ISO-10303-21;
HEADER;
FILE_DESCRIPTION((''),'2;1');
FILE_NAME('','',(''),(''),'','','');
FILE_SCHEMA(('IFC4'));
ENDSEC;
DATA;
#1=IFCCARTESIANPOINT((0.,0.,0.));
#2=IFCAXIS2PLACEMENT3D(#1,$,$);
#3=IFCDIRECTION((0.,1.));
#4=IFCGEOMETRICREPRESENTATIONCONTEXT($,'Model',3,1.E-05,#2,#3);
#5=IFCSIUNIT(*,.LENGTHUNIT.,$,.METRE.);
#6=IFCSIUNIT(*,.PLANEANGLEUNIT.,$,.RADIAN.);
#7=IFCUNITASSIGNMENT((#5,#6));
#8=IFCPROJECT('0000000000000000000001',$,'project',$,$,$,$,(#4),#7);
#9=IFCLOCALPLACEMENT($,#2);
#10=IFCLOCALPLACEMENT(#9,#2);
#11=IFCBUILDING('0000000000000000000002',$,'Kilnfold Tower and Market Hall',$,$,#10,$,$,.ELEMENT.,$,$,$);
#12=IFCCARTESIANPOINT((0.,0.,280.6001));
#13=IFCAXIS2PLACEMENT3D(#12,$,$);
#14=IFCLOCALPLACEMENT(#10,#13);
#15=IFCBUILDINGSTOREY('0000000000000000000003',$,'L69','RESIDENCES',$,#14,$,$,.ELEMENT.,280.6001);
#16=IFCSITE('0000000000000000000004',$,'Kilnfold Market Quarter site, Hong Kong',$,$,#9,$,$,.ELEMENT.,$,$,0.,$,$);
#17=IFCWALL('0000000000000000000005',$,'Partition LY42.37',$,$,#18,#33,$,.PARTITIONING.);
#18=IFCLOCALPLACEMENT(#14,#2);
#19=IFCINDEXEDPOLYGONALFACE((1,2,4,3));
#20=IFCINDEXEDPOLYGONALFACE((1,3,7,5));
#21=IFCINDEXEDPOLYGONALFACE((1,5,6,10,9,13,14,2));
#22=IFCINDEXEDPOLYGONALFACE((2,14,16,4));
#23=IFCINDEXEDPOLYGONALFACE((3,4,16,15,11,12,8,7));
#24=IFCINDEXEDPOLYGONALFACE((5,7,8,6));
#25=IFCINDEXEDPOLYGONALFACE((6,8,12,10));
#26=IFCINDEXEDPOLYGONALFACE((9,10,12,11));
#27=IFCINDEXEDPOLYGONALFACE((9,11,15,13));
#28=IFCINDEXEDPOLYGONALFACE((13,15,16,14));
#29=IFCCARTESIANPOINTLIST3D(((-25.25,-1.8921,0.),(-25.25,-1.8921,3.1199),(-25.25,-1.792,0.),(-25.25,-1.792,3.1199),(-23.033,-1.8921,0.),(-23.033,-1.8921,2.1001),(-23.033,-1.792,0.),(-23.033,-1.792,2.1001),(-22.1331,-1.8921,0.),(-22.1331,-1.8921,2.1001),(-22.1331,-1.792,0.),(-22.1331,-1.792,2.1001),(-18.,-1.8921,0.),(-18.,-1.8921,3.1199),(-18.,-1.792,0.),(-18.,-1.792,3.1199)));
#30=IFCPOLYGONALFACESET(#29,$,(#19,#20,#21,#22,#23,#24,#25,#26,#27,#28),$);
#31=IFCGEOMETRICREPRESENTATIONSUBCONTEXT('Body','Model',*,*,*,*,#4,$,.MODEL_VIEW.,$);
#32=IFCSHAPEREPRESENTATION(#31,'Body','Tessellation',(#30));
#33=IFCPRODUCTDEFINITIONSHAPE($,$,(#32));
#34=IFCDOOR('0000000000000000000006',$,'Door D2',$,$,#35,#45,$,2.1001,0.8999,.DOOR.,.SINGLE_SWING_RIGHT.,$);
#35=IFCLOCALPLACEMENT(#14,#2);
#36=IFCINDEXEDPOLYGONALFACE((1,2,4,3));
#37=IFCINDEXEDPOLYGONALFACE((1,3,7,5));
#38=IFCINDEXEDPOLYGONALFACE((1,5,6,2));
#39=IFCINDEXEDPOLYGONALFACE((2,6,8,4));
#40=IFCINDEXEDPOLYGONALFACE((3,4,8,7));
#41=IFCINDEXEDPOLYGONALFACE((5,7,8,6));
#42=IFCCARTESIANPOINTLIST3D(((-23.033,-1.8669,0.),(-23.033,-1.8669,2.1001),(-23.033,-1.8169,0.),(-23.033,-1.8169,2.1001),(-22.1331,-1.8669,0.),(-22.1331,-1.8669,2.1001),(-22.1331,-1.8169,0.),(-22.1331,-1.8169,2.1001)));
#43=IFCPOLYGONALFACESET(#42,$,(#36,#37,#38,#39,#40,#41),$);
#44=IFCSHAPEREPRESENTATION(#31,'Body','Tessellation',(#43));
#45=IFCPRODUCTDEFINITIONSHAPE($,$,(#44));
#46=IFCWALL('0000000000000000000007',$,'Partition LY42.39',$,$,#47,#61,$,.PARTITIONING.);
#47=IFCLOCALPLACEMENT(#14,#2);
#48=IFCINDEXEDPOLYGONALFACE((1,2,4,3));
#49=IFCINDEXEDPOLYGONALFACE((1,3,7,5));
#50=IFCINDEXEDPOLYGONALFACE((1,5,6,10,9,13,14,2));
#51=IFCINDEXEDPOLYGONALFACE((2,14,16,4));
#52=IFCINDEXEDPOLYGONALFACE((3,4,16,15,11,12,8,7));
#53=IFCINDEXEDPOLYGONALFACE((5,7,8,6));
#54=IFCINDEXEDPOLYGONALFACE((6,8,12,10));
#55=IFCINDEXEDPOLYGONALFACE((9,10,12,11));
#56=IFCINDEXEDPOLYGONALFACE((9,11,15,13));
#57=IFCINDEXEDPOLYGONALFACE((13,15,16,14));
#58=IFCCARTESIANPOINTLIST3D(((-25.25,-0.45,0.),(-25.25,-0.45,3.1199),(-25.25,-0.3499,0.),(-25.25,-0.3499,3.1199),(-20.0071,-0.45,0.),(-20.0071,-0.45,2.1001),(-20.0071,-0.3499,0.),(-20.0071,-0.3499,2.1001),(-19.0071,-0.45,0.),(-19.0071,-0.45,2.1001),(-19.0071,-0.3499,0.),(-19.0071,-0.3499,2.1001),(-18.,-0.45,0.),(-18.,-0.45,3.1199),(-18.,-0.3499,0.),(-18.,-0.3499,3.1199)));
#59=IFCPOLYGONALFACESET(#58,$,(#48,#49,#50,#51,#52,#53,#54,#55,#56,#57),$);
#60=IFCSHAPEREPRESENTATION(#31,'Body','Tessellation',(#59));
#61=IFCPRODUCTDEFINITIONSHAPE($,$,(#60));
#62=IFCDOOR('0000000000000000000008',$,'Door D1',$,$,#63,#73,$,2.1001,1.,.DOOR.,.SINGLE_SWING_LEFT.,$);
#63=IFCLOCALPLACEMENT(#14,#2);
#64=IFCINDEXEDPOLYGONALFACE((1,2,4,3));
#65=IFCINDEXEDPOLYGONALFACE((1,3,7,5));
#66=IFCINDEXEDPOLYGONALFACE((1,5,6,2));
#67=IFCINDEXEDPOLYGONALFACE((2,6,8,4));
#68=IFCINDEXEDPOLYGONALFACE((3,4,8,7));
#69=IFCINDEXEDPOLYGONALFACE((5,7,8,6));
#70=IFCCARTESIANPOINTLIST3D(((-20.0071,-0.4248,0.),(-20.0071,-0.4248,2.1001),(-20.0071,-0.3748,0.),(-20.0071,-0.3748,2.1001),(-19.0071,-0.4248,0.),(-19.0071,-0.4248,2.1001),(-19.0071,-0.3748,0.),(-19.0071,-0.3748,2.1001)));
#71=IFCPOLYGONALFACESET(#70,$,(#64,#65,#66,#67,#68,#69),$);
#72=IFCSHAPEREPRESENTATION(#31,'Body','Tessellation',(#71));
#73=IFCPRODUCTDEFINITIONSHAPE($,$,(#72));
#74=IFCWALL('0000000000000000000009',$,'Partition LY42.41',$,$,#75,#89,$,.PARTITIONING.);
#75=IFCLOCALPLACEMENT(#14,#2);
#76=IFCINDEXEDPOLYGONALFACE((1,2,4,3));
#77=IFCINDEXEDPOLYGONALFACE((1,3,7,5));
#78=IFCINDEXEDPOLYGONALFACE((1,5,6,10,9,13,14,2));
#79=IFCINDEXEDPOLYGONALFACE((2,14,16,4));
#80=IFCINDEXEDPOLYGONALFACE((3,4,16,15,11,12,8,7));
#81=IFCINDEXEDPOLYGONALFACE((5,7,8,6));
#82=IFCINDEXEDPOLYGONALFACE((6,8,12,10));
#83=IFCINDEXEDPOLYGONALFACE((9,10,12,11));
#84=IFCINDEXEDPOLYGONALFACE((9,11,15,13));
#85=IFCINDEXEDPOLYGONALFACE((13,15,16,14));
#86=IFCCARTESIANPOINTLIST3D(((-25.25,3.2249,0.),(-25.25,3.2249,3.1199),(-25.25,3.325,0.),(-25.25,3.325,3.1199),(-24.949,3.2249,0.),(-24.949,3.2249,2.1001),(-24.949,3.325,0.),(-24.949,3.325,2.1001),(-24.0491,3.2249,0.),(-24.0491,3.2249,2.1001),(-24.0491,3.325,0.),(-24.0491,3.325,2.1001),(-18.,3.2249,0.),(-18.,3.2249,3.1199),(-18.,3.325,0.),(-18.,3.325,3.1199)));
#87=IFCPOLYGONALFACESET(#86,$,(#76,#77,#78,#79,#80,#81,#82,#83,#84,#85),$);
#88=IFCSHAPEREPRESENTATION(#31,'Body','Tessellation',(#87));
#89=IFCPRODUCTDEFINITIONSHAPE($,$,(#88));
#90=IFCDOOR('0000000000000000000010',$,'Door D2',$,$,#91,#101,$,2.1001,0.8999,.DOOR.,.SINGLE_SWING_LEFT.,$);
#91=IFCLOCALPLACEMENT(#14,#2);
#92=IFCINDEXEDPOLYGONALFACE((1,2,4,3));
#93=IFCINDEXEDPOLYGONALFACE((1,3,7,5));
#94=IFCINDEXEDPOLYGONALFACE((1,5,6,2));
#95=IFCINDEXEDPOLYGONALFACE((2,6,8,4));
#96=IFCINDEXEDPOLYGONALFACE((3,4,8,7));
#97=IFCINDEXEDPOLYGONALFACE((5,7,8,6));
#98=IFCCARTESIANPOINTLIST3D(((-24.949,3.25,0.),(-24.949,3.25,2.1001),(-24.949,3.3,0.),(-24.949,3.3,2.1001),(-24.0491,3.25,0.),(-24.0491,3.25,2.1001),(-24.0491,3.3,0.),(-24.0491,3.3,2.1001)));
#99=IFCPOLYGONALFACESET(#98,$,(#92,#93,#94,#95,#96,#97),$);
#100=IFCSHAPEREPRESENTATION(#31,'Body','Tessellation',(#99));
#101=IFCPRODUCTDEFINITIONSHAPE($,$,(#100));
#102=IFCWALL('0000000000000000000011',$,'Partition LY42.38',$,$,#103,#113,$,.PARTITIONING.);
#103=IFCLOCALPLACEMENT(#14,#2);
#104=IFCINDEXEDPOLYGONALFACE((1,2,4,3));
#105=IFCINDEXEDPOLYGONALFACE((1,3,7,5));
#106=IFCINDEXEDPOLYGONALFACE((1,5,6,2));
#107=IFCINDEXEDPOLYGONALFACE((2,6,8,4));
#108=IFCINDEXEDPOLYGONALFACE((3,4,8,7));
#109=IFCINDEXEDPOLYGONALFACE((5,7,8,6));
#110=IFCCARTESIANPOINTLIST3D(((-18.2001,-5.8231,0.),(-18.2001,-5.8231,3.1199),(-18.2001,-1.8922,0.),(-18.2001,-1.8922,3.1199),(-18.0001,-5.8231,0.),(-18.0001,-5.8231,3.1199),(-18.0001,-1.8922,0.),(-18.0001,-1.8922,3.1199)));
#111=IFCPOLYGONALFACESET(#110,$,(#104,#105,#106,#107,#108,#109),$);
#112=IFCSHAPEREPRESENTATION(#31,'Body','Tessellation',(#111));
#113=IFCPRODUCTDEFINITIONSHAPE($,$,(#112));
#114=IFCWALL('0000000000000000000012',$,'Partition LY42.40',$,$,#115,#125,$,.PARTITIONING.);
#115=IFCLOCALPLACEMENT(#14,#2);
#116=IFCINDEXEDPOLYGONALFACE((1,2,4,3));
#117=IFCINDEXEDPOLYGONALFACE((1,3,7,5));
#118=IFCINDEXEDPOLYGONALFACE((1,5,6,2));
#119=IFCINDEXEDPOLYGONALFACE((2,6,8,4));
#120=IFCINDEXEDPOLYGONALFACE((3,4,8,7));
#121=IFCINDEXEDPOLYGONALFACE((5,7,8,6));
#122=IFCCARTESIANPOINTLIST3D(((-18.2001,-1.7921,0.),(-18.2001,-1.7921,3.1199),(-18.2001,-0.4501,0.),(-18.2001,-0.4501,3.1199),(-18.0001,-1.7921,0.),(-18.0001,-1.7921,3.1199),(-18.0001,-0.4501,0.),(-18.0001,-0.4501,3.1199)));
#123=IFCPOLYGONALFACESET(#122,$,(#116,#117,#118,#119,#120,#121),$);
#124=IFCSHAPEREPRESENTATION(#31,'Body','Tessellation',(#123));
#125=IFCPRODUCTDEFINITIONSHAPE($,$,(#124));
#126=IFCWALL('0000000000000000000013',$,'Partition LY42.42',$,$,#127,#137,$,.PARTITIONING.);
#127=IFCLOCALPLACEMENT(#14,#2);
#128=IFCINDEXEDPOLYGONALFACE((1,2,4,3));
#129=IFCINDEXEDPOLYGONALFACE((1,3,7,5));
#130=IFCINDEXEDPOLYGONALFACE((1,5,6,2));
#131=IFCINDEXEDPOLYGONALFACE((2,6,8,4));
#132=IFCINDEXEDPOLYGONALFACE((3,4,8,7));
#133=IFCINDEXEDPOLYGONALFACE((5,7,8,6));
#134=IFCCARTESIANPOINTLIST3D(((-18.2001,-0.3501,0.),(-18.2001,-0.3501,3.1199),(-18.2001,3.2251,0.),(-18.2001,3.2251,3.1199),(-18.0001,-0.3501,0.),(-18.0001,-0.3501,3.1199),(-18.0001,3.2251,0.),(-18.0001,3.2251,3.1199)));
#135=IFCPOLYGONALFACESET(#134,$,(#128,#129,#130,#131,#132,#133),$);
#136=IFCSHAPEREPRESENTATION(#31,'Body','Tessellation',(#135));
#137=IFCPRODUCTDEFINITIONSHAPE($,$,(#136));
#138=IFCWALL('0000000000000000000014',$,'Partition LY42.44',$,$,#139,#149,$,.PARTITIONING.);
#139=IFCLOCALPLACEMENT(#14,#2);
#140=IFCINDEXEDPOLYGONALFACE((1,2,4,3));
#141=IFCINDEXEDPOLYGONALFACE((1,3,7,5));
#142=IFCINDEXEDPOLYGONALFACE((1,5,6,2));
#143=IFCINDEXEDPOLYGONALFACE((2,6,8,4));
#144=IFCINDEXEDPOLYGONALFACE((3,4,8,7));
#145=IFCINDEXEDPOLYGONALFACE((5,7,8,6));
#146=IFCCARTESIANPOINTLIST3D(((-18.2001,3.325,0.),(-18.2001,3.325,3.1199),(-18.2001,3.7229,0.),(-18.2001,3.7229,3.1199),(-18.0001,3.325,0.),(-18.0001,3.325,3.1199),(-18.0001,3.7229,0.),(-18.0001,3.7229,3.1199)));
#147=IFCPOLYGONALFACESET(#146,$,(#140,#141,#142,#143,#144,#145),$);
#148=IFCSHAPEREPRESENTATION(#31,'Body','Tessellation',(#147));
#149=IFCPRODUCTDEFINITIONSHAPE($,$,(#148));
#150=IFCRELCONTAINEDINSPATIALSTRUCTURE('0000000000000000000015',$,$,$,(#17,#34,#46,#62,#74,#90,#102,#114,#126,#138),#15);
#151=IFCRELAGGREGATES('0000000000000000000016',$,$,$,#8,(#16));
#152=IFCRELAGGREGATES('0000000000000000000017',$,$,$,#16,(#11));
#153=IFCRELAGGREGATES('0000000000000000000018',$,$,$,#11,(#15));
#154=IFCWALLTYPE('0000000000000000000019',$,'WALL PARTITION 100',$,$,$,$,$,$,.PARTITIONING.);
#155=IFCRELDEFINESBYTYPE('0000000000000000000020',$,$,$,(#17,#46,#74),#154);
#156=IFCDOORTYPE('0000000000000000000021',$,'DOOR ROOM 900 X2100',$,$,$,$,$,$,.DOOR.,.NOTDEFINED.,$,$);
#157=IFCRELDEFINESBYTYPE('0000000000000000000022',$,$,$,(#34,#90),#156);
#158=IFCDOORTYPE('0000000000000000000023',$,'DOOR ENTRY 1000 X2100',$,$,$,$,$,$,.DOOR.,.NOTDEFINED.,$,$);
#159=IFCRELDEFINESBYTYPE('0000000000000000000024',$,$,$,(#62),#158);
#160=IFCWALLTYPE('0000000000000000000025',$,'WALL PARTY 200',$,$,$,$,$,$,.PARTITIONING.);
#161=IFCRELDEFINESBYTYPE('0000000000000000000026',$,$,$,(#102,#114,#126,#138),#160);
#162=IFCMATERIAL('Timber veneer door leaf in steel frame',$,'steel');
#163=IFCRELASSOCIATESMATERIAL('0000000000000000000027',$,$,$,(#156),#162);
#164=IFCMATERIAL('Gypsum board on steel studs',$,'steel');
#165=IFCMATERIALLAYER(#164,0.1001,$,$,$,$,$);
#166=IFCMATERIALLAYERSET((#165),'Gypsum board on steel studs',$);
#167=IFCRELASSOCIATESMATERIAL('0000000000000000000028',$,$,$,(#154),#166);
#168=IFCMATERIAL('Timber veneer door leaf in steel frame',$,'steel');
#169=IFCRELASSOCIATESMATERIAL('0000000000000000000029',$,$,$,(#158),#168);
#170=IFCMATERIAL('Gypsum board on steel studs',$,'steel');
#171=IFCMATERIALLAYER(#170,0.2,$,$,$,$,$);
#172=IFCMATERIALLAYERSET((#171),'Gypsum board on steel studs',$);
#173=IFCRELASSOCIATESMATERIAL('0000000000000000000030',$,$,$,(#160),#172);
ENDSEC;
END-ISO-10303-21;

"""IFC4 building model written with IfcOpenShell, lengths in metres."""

from ifc_helpers import new_model, si_unit, direction, frame, frame_2d, origin, place, context, subcontext, project, spatial, rectangle, extrude, material, layer, layer_set, type_object, element, fill, save


model = new_model("IFC4")

# Units and contexts
model_context = context("Model", 3, precision=1e-05, world=origin(), true_north=direction((0.0, 1.0)))
body_context = subcontext(model_context, "Body", "Model", "MODEL_VIEW")
ifc_project = project(units=[si_unit("LENGTHUNIT", "METRE"), si_unit("PLANEANGLEUNIT", "RADIAN")], contexts=[model_context])

# Site, building, storey
site_placement = place(None, origin())
site = spatial("IfcSite", under=ifc_project, at=site_placement, Name="Kilnfold Market Quarter site, Hong Kong", CompositionType="ELEMENT", RefElevation=0.0)
building_placement = place(site_placement, origin())
building = spatial("IfcBuilding", under=site, at=building_placement, Name="Kilnfold Tower and Market Hall", CompositionType="ELEMENT")
storey_placement = place(building_placement, frame((0.0, 0.0, 280.6001)))
storey = spatial("IfcBuildingStorey", under=building, at=storey_placement, Name="L69", Description="RESIDENCES", CompositionType="ELEMENT", Elevation=280.6001)

# Walls, openings, doors
ifc_material_1 = material(Name="Timber veneer door leaf in steel frame", Category="steel")
door_type_1 = type_object("IfcDoorType", Name="DOOR ROOM 900 X2100", OperationType="NOTDEFINED", PredefinedType="DOOR", material=ifc_material_1)
ifc_material_2 = material(Name="Gypsum board on steel studs", Category="steel")
ifc_layer_1 = layer(ifc_material_2, 0.1001)
ifc_layer_set_1 = layer_set([ifc_layer_1], Name="Gypsum board on steel studs")
wall_type_1 = type_object("IfcWallType", Name="WALL PARTITION 100", PredefinedType="PARTITIONING", material=ifc_layer_set_1)
wall_1_placement = place(storey_placement, frame((-18.0, -1.842, 0.0), z_axis=(0.0, 0.0, 1.0), x_axis=(-1.0, 0.0, 0.0)))
wall_1 = element("IfcWall", 1, at=wall_1_placement, inside=storey, type_object=wall_type_1, Name="Partition LY42.37", PredefinedType="PARTITIONING", context=body_context, shape_type="SweptSolid", body=[
    extrude(rectangle(XDim=7.25, YDim=0.1001, at=frame_2d((3.625, 0.0))), origin(), (0.0, 0.0, 1.0), 3.1199),
])
opening_1_placement = place(wall_1_placement, frame((4.1331, 0.0, 0.0)))
opening_1 = element("IfcOpeningElement", 2, at=opening_1_placement, cuts=wall_1, PredefinedType="OPENING", context=body_context, shape_type="SweptSolid", body=[
    extrude(rectangle(XDim=0.8999, YDim=2.1001, at=frame_2d((0.45, 1.05))), frame((0.0, 0.0601, 0.0), z_axis=(0.0, -1.0, 0.0), x_axis=(1.0, 0.0, 0.0)), (0.0, 0.0, 1.0), 0.1201),
])
door_1_placement = place(opening_1_placement, origin())
door_1 = element("IfcDoor", 3, at=door_1_placement, inside=storey, type_object=door_type_1, Name="Door D2", OperationType="SINGLE_SWING_RIGHT", OverallHeight=2.1001, OverallWidth=0.8999, PredefinedType="DOOR", context=body_context, shape_type="SweptSolid", body=[
    extrude(rectangle(XDim=0.8999, YDim=2.1001, at=frame_2d((0.45, 1.05))), frame((0.0, 0.0249, 0.0), z_axis=(0.0, -1.0, 0.0), x_axis=(1.0, 0.0, 0.0)), (0.0, 0.0, 1.0), 0.05),
])
fill(opening_1, door_1)
wall_2_placement = place(storey_placement, frame((-18.0, -0.3999, 0.0), z_axis=(0.0, 0.0, 1.0), x_axis=(-1.0, 0.0, 0.0)))
wall_2 = element("IfcWall", 4, at=wall_2_placement, inside=storey, type_object=wall_type_1, Name="Partition LY42.39", PredefinedType="PARTITIONING", context=body_context, shape_type="SweptSolid", body=[
    extrude(rectangle(XDim=7.25, YDim=0.1001, at=frame_2d((3.625, 0.0))), origin(), (0.0, 0.0, 1.0), 3.1199),
])
opening_2_placement = place(wall_2_placement, frame((1.0071, 0.0, 0.0)))
opening_2 = element("IfcOpeningElement", 5, at=opening_2_placement, cuts=wall_2, PredefinedType="OPENING", context=body_context, shape_type="SweptSolid", body=[
    extrude(rectangle(XDim=1.0, YDim=2.1001, at=frame_2d((0.5, 1.05))), frame((0.0, 0.0601, 0.0), z_axis=(0.0, -1.0, 0.0), x_axis=(1.0, 0.0, 0.0)), (0.0, 0.0, 1.0), 0.1201),
])
ifc_material_3 = material(Name="Timber veneer door leaf in steel frame", Category="steel")
door_type_2 = type_object("IfcDoorType", Name="DOOR ENTRY 1000 X2100", OperationType="NOTDEFINED", PredefinedType="DOOR", material=ifc_material_3)
door_2_placement = place(opening_2_placement, origin())
door_2 = element("IfcDoor", 6, at=door_2_placement, inside=storey, type_object=door_type_2, Name="Door D1", OperationType="SINGLE_SWING_LEFT", OverallHeight=2.1001, OverallWidth=1.0, PredefinedType="DOOR", context=body_context, shape_type="SweptSolid", body=[
    extrude(rectangle(XDim=1.0, YDim=2.1001, at=frame_2d((0.5, 1.05))), frame((0.0, 0.0249, 0.0), z_axis=(0.0, -1.0, 0.0), x_axis=(1.0, 0.0, 0.0)), (0.0, 0.0, 1.0), 0.05),
])
fill(opening_2, door_2)
wall_3_placement = place(storey_placement, frame((-18.0, 3.2749, 0.0), z_axis=(0.0, 0.0, 1.0), x_axis=(-1.0, 0.0, 0.0)))
wall_3 = element("IfcWall", 7, at=wall_3_placement, inside=storey, type_object=wall_type_1, Name="Partition LY42.41", PredefinedType="PARTITIONING", context=body_context, shape_type="SweptSolid", body=[
    extrude(rectangle(XDim=7.25, YDim=0.1001, at=frame_2d((3.625, 0.0))), origin(), (0.0, 0.0, 1.0), 3.1199),
])
opening_3_placement = place(wall_3_placement, frame((6.0491, 0.0, 0.0)))
opening_3 = element("IfcOpeningElement", 8, at=opening_3_placement, cuts=wall_3, PredefinedType="OPENING", context=body_context, shape_type="SweptSolid", body=[
    extrude(rectangle(XDim=0.8999, YDim=2.1001, at=frame_2d((0.45, 1.05))), frame((0.0, 0.0601, 0.0), z_axis=(0.0, -1.0, 0.0), x_axis=(1.0, 0.0, 0.0)), (0.0, 0.0, 1.0), 0.1201),
])
door_3_placement = place(opening_3_placement, origin())
door_3 = element("IfcDoor", 9, at=door_3_placement, inside=storey, type_object=door_type_1, Name="Door D2", OperationType="SINGLE_SWING_LEFT", OverallHeight=2.1001, OverallWidth=0.8999, PredefinedType="DOOR", context=body_context, shape_type="SweptSolid", body=[
    extrude(rectangle(XDim=0.8999, YDim=2.1001, at=frame_2d((0.45, 1.05))), frame((0.0, 0.0249, 0.0), z_axis=(0.0, -1.0, 0.0), x_axis=(1.0, 0.0, 0.0)), (0.0, 0.0, 1.0), 0.05),
])
fill(opening_3, door_3)

# Walls
ifc_material_4 = material(Name="Gypsum board on steel studs", Category="steel")
ifc_layer_2 = layer(ifc_material_4, 0.2)
ifc_layer_set_2 = layer_set([ifc_layer_2], Name="Gypsum board on steel studs")
wall_type_2 = type_object("IfcWallType", Name="WALL PARTY 200", PredefinedType="PARTITIONING", material=ifc_layer_set_2)
wall_4_placement = place(storey_placement, frame((-18.1001, -5.823, 0.0), z_axis=(0.0, 0.0, 1.0), x_axis=(0.0, 1.0, 0.0)))
element("IfcWall", 10, at=wall_4_placement, inside=storey, type_object=wall_type_2, Name="Partition LY42.38", PredefinedType="PARTITIONING", context=body_context, shape_type="SweptSolid", body=[
    extrude(rectangle(XDim=3.9309, YDim=0.2, at=frame_2d((1.9653, 0.0))), origin(), (0.0, 0.0, 1.0), 3.1199),
])
wall_5_placement = place(storey_placement, frame((-18.1001, -1.792, 0.0), z_axis=(0.0, 0.0, 1.0), x_axis=(0.0, 1.0, 0.0)))
element("IfcWall", 11, at=wall_5_placement, inside=storey, type_object=wall_type_2, Name="Partition LY42.40", PredefinedType="PARTITIONING", context=body_context, shape_type="SweptSolid", body=[
    extrude(rectangle(XDim=1.342, YDim=0.2, at=frame_2d((0.6709, 0.0))), origin(), (0.0, 0.0, 1.0), 3.1199),
])
wall_6_placement = place(storey_placement, frame((-18.1001, -0.3501, 0.0), z_axis=(0.0, 0.0, 1.0), x_axis=(0.0, 1.0, 0.0)))
element("IfcWall", 12, at=wall_6_placement, inside=storey, type_object=wall_type_2, Name="Partition LY42.42", PredefinedType="PARTITIONING", context=body_context, shape_type="SweptSolid", body=[
    extrude(rectangle(XDim=3.5752, YDim=0.2, at=frame_2d((1.7876, 0.0))), origin(), (0.0, 0.0, 1.0), 3.1199),
])
wall_7_placement = place(storey_placement, frame((-18.1001, 3.325, 0.0), z_axis=(0.0, 0.0, 1.0), x_axis=(0.0, 1.0, 0.0)))
element("IfcWall", 13, at=wall_7_placement, inside=storey, type_object=wall_type_2, Name="Partition LY42.44", PredefinedType="PARTITIONING", context=body_context, shape_type="SweptSolid", body=[
    extrude(rectangle(XDim=0.3979, YDim=0.2, at=frame_2d((0.199, 0.0))), origin(), (0.0, 0.0, 1.0), 3.1199),
])

save(model, "model.ifc")
